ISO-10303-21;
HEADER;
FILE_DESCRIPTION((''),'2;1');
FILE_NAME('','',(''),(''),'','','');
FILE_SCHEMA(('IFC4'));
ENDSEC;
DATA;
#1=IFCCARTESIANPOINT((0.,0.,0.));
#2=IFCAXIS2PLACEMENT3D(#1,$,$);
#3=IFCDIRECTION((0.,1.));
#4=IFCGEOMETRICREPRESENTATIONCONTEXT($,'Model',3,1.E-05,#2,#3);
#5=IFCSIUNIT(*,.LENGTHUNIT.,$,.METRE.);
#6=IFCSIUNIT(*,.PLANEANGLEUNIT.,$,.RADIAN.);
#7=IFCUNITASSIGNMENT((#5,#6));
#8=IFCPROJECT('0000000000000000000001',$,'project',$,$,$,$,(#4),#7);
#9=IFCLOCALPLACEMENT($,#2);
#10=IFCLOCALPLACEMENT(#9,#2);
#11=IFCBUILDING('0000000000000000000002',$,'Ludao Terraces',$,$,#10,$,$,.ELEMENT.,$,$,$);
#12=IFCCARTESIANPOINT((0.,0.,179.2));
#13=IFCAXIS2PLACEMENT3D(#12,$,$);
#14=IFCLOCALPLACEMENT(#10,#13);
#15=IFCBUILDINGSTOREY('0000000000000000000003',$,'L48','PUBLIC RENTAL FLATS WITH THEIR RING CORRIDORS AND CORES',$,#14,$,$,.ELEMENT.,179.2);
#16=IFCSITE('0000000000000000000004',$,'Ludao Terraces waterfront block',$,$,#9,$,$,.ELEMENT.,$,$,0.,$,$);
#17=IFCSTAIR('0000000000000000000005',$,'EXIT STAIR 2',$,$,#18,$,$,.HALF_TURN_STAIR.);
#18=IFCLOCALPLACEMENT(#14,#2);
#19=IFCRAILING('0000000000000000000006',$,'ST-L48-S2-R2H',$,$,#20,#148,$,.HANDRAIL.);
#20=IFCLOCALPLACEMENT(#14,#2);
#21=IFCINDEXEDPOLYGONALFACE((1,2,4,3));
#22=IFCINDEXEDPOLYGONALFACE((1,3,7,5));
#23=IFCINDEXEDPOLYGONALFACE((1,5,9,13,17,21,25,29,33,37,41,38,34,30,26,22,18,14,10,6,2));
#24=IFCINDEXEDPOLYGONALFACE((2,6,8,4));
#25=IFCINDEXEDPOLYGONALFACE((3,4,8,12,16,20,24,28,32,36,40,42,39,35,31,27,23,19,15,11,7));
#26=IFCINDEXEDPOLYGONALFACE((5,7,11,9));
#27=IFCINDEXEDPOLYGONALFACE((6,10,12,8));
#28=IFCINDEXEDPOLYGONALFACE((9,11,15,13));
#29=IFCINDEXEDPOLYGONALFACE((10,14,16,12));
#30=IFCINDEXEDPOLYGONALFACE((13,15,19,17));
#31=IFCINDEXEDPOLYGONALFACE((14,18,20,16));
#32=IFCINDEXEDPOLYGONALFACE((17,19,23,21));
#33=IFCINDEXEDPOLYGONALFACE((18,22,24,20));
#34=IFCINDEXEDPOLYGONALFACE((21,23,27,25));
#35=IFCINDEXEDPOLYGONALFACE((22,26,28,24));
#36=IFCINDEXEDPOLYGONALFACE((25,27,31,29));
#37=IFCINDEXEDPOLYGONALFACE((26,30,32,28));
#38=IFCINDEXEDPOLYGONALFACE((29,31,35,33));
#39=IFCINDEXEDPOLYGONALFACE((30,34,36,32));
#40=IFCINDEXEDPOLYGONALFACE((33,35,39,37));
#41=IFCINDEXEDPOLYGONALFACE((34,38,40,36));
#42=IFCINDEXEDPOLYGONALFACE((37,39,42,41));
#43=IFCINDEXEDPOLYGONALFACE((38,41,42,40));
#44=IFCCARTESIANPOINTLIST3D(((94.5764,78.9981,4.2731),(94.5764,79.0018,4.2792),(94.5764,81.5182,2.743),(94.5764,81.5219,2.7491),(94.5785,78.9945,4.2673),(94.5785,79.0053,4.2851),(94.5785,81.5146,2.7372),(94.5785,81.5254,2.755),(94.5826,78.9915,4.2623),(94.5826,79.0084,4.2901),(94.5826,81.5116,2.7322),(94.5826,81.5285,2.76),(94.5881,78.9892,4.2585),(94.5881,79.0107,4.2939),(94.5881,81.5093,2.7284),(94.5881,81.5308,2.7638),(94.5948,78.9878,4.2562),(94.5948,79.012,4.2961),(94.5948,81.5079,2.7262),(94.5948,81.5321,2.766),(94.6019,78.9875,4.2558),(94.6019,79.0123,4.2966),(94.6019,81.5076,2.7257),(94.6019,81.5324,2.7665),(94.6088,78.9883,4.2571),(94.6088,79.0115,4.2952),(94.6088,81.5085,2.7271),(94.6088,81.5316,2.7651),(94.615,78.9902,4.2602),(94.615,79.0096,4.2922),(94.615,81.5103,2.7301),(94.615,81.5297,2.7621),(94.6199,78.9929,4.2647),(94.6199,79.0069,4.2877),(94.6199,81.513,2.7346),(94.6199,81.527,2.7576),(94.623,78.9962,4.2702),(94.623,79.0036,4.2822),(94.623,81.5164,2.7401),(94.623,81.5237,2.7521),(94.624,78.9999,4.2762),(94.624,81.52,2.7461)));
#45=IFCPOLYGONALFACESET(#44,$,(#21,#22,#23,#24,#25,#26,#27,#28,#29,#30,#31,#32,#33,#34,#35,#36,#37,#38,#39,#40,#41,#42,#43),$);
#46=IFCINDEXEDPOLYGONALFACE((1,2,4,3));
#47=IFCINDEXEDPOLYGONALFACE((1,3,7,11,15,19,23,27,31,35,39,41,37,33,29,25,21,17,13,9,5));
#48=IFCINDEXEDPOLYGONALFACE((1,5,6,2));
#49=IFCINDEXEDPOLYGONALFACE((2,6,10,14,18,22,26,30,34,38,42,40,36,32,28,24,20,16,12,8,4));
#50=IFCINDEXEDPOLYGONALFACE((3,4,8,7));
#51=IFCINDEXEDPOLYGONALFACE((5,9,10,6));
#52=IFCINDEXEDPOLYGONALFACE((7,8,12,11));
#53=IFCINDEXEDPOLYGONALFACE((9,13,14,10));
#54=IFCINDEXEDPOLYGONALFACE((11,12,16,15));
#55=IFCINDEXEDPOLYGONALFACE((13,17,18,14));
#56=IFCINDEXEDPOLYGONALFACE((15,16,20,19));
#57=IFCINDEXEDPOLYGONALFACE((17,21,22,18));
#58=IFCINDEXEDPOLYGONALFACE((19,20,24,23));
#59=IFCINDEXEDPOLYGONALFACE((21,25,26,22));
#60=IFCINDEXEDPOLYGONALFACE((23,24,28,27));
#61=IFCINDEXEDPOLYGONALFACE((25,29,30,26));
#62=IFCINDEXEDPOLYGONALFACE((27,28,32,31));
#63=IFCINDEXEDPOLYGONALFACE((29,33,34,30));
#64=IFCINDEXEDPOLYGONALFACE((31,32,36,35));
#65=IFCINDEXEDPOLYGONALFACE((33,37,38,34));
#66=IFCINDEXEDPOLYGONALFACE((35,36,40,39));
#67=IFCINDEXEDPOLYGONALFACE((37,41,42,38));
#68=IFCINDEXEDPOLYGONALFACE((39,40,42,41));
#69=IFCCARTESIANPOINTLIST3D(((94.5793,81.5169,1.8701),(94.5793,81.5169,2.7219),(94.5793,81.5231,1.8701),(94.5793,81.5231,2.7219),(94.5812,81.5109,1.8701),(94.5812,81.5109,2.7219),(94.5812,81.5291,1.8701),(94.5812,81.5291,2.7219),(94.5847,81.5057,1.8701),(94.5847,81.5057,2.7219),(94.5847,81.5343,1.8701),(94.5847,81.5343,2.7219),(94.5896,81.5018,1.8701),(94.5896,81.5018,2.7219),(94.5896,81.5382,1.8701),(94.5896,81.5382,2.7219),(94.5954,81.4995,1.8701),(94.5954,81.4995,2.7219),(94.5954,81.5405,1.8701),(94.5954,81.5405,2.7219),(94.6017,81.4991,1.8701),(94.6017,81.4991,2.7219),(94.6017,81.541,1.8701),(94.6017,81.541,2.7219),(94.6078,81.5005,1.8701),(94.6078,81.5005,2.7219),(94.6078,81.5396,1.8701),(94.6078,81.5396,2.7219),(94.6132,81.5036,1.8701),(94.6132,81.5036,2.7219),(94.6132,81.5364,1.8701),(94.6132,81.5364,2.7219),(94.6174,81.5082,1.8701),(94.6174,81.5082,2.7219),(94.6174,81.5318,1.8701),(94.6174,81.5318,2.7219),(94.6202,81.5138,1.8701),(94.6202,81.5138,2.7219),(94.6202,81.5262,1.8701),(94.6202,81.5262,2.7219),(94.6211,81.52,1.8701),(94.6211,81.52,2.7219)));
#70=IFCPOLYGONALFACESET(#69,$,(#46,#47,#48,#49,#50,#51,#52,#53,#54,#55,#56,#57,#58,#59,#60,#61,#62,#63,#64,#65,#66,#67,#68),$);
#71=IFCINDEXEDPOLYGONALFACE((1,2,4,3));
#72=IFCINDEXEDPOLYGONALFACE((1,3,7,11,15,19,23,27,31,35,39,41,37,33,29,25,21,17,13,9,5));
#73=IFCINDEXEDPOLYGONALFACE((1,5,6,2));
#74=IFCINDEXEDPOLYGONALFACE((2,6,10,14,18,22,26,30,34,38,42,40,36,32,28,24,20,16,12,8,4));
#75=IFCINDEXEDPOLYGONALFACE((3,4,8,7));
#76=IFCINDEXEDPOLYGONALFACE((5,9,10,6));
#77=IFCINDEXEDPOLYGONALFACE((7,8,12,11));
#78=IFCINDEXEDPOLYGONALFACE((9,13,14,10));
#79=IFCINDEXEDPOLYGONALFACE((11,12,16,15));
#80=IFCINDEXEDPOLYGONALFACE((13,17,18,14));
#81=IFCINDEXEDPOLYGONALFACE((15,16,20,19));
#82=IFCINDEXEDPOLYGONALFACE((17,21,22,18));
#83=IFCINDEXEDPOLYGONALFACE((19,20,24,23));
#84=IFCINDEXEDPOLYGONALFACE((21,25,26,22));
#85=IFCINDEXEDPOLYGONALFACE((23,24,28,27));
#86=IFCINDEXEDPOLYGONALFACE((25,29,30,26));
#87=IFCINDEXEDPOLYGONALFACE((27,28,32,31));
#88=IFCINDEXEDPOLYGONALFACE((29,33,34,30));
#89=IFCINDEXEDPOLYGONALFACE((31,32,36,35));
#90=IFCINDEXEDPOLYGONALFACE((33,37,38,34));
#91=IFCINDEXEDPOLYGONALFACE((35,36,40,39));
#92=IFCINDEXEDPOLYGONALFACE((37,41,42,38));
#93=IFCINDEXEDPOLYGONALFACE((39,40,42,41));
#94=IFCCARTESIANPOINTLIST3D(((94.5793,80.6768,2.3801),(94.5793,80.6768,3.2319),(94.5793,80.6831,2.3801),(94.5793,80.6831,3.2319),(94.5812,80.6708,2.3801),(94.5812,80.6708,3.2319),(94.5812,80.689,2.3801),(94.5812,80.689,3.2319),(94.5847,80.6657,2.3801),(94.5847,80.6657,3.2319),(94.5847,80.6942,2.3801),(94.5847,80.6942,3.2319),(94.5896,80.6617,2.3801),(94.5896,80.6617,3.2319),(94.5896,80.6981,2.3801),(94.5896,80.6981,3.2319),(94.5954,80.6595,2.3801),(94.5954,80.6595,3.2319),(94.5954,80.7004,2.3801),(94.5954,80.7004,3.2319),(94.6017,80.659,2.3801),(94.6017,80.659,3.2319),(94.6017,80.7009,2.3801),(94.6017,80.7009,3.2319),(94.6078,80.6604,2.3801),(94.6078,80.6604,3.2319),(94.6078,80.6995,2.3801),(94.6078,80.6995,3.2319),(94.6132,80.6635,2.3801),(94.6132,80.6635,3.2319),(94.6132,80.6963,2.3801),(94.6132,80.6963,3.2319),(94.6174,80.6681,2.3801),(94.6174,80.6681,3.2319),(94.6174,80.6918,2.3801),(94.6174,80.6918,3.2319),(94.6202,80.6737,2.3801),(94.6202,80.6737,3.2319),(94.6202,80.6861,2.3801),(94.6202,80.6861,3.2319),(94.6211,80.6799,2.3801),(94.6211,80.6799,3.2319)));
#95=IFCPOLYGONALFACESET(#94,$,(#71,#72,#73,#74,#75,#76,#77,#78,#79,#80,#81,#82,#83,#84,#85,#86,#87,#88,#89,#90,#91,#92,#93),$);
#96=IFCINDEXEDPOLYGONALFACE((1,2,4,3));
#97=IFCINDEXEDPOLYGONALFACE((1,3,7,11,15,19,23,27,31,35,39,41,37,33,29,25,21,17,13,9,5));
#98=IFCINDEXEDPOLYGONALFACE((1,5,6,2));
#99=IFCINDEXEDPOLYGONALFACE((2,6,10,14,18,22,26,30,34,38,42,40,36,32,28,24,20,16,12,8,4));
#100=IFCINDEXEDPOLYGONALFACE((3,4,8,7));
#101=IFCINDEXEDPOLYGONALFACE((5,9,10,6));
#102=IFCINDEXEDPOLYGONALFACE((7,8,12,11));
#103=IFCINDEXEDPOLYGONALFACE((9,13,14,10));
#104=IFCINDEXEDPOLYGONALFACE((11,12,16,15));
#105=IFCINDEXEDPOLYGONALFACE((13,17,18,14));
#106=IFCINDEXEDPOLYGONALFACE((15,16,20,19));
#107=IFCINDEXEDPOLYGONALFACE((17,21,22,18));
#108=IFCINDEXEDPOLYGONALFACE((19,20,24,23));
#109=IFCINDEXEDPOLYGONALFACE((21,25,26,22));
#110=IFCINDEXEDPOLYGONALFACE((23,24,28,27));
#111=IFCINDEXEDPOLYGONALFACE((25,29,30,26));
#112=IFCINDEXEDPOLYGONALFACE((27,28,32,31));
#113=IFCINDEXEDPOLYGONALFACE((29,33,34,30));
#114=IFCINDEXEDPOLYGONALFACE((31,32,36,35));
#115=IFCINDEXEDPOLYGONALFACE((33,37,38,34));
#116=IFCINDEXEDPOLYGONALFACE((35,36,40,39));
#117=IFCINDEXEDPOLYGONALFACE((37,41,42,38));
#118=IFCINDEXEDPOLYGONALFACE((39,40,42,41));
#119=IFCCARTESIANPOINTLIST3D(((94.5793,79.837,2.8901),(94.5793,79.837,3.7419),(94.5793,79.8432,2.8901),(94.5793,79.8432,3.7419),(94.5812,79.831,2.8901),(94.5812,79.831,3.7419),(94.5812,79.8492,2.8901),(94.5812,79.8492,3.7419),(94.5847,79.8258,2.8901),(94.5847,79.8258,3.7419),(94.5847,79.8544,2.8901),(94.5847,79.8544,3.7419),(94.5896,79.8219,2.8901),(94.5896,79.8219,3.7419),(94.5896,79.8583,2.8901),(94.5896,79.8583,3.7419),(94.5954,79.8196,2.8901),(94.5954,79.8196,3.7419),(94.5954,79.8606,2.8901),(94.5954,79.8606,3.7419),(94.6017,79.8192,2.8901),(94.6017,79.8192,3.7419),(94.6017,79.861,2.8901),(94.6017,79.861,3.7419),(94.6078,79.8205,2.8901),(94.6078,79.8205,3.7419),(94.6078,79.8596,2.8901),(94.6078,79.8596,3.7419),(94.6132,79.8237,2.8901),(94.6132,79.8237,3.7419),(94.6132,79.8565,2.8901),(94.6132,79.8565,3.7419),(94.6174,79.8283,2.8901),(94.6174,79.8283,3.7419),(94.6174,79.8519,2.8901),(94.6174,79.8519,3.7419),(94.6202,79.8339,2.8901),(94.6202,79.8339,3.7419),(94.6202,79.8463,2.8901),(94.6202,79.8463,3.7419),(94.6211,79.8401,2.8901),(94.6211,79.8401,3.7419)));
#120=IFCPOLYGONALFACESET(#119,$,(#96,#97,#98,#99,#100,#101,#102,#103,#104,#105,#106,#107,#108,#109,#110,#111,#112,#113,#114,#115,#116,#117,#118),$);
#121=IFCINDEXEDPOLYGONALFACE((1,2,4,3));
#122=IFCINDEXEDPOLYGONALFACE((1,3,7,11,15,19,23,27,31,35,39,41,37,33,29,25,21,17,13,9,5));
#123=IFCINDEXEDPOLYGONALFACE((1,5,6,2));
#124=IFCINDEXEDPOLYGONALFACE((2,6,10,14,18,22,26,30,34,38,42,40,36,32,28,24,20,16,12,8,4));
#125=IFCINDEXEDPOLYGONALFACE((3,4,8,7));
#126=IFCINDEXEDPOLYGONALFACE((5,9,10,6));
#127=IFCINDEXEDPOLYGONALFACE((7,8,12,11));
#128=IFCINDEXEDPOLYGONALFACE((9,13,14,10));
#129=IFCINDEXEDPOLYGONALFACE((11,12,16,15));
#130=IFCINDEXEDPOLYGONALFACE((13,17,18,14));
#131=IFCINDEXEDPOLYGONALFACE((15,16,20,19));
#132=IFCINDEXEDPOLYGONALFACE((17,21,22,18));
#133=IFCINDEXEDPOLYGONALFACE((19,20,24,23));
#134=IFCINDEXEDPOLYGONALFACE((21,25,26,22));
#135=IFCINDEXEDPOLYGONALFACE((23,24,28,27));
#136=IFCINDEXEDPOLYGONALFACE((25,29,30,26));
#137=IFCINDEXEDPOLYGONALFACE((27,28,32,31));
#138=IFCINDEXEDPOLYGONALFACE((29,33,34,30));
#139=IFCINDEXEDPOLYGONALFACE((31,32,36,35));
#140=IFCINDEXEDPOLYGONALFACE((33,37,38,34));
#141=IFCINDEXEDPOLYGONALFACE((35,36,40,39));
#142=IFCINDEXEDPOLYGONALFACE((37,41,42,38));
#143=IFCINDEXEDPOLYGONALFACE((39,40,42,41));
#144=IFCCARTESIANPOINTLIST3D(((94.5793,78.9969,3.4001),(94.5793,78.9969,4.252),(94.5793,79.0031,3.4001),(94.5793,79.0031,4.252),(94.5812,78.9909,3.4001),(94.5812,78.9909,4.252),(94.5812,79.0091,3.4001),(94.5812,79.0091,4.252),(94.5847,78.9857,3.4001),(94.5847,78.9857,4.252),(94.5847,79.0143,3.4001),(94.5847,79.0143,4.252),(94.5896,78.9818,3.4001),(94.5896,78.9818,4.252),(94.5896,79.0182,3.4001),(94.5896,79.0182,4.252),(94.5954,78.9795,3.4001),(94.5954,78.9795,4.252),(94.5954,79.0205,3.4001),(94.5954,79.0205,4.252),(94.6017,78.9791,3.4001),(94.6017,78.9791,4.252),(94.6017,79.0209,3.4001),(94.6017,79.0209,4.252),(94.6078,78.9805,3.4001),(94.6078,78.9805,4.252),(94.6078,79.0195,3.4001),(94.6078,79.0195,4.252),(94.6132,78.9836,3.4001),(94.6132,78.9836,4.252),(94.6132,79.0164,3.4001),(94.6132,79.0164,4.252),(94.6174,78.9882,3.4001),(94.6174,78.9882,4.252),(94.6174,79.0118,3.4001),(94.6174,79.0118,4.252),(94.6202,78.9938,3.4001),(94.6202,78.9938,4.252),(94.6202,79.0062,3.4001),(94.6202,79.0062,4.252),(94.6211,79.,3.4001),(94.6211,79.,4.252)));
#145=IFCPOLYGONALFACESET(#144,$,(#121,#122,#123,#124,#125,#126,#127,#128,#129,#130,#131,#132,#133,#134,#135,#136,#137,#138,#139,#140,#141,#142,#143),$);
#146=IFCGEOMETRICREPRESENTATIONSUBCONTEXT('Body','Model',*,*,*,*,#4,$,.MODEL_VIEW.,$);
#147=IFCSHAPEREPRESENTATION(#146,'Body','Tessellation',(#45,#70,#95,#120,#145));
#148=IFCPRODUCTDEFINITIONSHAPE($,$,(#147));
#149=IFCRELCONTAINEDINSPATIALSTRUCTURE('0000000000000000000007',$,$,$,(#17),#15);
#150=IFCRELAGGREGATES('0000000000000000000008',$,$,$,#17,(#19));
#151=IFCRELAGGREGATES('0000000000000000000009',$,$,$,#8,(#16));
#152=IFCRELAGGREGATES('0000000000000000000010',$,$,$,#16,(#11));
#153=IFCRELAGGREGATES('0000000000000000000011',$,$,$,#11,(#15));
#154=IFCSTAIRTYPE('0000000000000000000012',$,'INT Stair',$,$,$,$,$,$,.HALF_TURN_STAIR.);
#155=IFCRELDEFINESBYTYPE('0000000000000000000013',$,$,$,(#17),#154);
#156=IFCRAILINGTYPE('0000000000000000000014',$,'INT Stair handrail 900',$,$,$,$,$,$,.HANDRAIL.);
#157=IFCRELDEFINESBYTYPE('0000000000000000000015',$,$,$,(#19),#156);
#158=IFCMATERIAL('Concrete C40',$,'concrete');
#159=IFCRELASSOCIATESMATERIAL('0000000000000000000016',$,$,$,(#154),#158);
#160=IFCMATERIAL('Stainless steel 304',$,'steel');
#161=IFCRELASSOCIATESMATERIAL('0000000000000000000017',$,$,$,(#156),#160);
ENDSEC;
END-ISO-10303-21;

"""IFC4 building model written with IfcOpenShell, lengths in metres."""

from ifc_helpers import new_model, si_unit, direction, frame, origin, origin_2d, place, context, subcontext, project, spatial, circle, extrude, material, type_object, element, aggregate, save


model = new_model("IFC4")

# Units and contexts
model_context = context("Model", 3, precision=1e-05, world=origin(), true_north=direction((0.0, 1.0)))
body_context = subcontext(model_context, "Body", "Model", "MODEL_VIEW")
ifc_project = project(units=[si_unit("LENGTHUNIT", "METRE"), si_unit("PLANEANGLEUNIT", "RADIAN")], contexts=[model_context])

# Site, building, storey
site_placement = place(None, origin())
site = spatial("IfcSite", under=ifc_project, at=site_placement, Name="Ludao Terraces waterfront block", CompositionType="ELEMENT", RefElevation=0.0)
building_placement = place(site_placement, origin())
building = spatial("IfcBuilding", under=site, at=building_placement, Name="Ludao Terraces", CompositionType="ELEMENT")
storey_placement = place(building_placement, frame((0.0, 0.0, 179.2)))
storey = spatial("IfcBuildingStorey", under=building, at=storey_placement, Name="L48", Description="PUBLIC RENTAL FLATS WITH THEIR RING CORRIDORS AND CORES", CompositionType="ELEMENT", Elevation=179.2)

# Shared definitions
ifc_material_1 = material(Name="Stainless steel 304", Category="steel")

# Stair, railing
ifc_material_2 = material(Name="Concrete C40", Category="concrete")
stair_type = type_object("IfcStairType", Name="INT Stair", PredefinedType="HALF_TURN_STAIR", material=ifc_material_2)
stair_placement = place(storey_placement, origin())
stair = element("IfcStair", 1, at=stair_placement, inside=storey, type_object=stair_type, Name="EXIT STAIR 2", PredefinedType="HALF_TURN_STAIR")
railing_type_1 = type_object("IfcRailingType", Name="INT Stair handrail 900", PredefinedType="HANDRAIL", material=ifc_material_1)
railing_1_placement = place(storey_placement, frame((94.6001, 81.52, 1.8701)))
railing_1 = element("IfcRailing", 2, at=railing_1_placement, type_object=railing_type_1, Name="ST-L48-S2-R2H", PredefinedType="HANDRAIL", context=body_context, shape_type="SweptSolid", body=[
    extrude(circle(Radius=0.0239, at=origin_2d()), frame((0.0, 0.0, 0.876), z_axis=(0.0, -0.854785, 0.518982), x_axis=(1.0, 0.0, 0.0)), (0.0, 0.0, 1.0), 2.9482),
    extrude(circle(Radius=0.021, at=origin_2d()), origin(), (0.0, 0.0, 1.0), 0.8518),
    extrude(circle(Radius=0.021, at=origin_2d()), frame((0.0, -0.8401, 0.51)), (0.0, 0.0, 1.0), 0.8518),
    extrude(circle(Radius=0.021, at=origin_2d()), frame((0.0, -1.6799, 1.02)), (0.0, 0.0, 1.0), 0.8518),
    extrude(circle(Radius=0.021, at=origin_2d()), frame((0.0, -2.52, 1.53)), (0.0, 0.0, 1.0), 0.8518),
])
aggregate(stair, [railing_1])

save(model, "model.ifc")
